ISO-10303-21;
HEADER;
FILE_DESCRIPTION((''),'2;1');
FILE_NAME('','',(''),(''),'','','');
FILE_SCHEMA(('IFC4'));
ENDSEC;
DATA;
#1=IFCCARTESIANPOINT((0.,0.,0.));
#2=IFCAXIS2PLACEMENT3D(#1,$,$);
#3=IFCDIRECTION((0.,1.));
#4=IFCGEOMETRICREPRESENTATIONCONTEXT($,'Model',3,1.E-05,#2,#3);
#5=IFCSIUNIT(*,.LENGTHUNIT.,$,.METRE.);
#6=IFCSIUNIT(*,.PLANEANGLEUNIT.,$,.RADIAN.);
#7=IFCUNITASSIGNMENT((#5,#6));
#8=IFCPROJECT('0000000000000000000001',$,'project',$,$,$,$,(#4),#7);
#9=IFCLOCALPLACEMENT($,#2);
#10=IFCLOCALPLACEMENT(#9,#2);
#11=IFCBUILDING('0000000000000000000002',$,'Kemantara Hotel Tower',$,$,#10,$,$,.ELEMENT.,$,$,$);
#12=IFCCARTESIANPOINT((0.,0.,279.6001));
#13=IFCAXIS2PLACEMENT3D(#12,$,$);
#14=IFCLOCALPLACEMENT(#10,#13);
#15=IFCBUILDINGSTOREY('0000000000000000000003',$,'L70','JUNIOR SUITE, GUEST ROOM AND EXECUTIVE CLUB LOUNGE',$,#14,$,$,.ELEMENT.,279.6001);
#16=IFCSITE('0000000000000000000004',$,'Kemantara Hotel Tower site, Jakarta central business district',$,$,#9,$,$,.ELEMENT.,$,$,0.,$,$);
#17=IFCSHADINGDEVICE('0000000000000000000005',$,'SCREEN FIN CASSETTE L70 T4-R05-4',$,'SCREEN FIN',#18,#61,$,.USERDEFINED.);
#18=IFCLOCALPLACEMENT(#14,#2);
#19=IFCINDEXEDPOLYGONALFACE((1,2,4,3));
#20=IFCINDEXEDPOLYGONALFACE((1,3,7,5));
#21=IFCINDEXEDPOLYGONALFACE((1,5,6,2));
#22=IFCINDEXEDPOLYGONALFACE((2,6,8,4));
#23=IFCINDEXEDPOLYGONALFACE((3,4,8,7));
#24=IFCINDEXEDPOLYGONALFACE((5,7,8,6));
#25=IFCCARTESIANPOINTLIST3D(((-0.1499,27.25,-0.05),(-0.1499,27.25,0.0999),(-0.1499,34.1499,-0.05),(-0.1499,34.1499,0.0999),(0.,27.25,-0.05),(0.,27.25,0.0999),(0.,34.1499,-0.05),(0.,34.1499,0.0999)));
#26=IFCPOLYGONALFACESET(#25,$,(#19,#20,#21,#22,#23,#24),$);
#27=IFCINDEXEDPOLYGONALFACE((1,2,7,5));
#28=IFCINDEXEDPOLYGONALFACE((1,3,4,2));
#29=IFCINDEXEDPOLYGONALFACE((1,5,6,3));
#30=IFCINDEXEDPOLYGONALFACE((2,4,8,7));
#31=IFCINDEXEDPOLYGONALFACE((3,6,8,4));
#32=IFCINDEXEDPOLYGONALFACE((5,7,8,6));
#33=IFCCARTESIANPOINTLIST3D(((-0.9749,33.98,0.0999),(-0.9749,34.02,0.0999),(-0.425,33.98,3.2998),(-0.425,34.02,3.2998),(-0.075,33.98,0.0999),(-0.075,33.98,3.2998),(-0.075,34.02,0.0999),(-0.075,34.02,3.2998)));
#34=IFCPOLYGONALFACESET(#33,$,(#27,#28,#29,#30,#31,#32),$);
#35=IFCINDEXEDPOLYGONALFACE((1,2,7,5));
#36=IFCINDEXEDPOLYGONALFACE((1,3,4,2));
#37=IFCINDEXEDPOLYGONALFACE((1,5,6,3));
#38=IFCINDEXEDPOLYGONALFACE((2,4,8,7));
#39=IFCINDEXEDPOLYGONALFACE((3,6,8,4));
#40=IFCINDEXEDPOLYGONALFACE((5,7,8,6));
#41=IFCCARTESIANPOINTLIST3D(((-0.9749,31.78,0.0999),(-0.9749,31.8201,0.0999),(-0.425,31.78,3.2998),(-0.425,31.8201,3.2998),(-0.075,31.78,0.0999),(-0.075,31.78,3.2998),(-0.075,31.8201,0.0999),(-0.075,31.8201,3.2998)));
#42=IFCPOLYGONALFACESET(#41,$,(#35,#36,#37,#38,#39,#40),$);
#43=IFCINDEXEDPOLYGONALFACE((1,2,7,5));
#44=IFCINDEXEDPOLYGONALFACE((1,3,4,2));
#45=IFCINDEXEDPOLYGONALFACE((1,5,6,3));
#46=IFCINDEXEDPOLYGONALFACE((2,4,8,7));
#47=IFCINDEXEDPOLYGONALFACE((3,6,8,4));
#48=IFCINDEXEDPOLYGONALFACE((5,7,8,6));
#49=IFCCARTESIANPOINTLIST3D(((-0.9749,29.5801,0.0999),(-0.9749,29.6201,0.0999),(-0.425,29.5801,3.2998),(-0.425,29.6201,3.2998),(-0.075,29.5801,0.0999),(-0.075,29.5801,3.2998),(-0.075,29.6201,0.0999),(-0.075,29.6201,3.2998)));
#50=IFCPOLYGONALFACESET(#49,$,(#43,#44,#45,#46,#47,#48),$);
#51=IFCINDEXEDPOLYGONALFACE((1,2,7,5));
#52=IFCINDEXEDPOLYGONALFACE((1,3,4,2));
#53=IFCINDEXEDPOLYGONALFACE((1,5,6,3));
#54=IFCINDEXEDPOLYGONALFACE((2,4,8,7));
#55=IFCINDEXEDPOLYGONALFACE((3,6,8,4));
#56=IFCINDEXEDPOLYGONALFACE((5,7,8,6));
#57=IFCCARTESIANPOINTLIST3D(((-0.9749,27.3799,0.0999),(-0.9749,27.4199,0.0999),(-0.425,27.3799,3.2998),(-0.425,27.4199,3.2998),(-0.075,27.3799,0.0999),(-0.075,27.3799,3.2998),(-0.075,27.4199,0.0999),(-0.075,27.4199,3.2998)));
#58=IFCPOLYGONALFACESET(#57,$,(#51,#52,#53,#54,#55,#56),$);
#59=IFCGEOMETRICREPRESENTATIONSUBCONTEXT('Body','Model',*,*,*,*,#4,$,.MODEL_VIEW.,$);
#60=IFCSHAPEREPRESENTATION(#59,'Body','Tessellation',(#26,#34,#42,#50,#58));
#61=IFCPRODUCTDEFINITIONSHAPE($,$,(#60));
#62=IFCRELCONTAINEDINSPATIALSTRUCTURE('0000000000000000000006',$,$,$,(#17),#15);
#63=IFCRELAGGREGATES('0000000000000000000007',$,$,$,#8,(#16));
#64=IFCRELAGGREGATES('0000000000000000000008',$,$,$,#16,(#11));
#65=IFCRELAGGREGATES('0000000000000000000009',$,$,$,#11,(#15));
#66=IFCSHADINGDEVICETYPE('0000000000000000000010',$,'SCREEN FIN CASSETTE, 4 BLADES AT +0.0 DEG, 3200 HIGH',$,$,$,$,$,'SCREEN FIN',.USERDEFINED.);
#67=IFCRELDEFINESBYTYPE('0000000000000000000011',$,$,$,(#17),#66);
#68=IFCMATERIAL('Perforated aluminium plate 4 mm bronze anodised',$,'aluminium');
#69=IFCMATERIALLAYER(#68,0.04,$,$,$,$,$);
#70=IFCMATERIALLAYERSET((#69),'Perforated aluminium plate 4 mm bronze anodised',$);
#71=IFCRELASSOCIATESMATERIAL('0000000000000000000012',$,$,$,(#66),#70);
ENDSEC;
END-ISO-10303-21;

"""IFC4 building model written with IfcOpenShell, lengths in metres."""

from ifc_helpers import new_model, si_unit, direction, frame, origin, origin_2d, place, context, subcontext, project, spatial, polyline, rectangle, outline, extrude, source, transform, mapped, material, layer, layer_set, type_object, element, save


model = new_model("IFC4")

# Units and contexts
model_context = context("Model", 3, precision=1e-05, world=origin(), true_north=direction((0.0, 1.0)))
body_context = subcontext(model_context, "Body", "Model", "MODEL_VIEW")
ifc_project = project(units=[si_unit("LENGTHUNIT", "METRE"), si_unit("PLANEANGLEUNIT", "RADIAN")], contexts=[model_context])

# Site, building, storey
site_placement = place(None, origin())
site = spatial("IfcSite", under=ifc_project, at=site_placement, Name="Kemantara Hotel Tower site, Jakarta central business district", CompositionType="ELEMENT", RefElevation=0.0)
building_placement = place(site_placement, origin())
building = spatial("IfcBuilding", under=site, at=building_placement, Name="Kemantara Hotel Tower", CompositionType="ELEMENT")
storey_placement = place(building_placement, frame((0.0, 0.0, 279.6001)))
storey = spatial("IfcBuildingStorey", under=building, at=storey_placement, Name="L70", Description="JUNIOR SUITE, GUEST ROOM AND EXECUTIVE CLUB LOUNGE", CompositionType="ELEMENT", Elevation=279.6001)

# Shading device
ifc_material_1 = material(Name="Perforated aluminium plate 4 mm bronze anodised", Category="aluminium")
ifc_layer_1 = layer(ifc_material_1, 0.04)
ifc_layer_set_1 = layer_set([ifc_layer_1], Name="Perforated aluminium plate 4 mm bronze anodised")
shading_device_type_1 = type_object("IfcShadingDeviceType", Name="SCREEN FIN CASSETTE, 4 BLADES AT +0.0 DEG, 3200 HIGH", ElementType="SCREEN FIN", PredefinedType="USERDEFINED", material=ifc_layer_set_1)
shared_shape_1 = source(origin(), body_context, "Body", "SweptSolid", [
    extrude(rectangle(XDim=6.8999, YDim=0.1499, at=origin_2d()), frame((3.3, -0.075, -0.1499), z_axis=(0.0, 0.0, 1.0), x_axis=(1.0, 0.0, 0.0)), (0.0, 0.0, 1.0), 0.1499),
    extrude(outline(polyline([(0.0, 0.0), (0.8999, 0.0), (0.3501, 3.2), (0.0, 3.2), (0.0, 0.0)])), frame((0.02, -0.075, 0.0), z_axis=(-1.0, 0.0, 0.0), x_axis=(0.0, -1.0, 0.0)), (0.0, 0.0, 1.0), 0.04),
    extrude(outline(polyline([(0.0, 0.0), (0.8999, 0.0), (0.3501, 3.2), (0.0, 3.2), (0.0, 0.0)])), frame((2.22, -0.075, 0.0), z_axis=(-1.0, 0.0, 0.0), x_axis=(0.0, -1.0, 0.0)), (0.0, 0.0, 1.0), 0.04),
    extrude(outline(polyline([(0.0, 0.0), (0.8999, 0.0), (0.3501, 3.2), (0.0, 3.2), (0.0, 0.0)])), frame((4.4199, -0.075, 0.0), z_axis=(-1.0, 0.0, 0.0), x_axis=(0.0, -1.0, 0.0)), (0.0, 0.0, 1.0), 0.04),
    extrude(outline(polyline([(0.0, 0.0), (0.8999, 0.0), (0.3501, 3.2), (0.0, 3.2), (0.0, 0.0)])), frame((6.6201, -0.075, 0.0), z_axis=(-1.0, 0.0, 0.0), x_axis=(0.0, -1.0, 0.0)), (0.0, 0.0, 1.0), 0.04),
])
shading_device_1_placement = place(storey_placement, frame((0.0, 34.0, 0.0999), z_axis=(0.0, 0.0, 1.0), x_axis=(0.0, -1.0, 0.0)))
element("IfcShadingDevice", 1, at=shading_device_1_placement, inside=storey, type_object=shading_device_type_1, Name="SCREEN FIN CASSETTE L70 T4-R05-4", ObjectType="SCREEN FIN", PredefinedType="USERDEFINED", context=body_context, shape_type="MappedRepresentation", body=[
    mapped(shared_shape_1, transform((0.0, 0.0, 0.0))),
])

save(model, "model.ifc")
